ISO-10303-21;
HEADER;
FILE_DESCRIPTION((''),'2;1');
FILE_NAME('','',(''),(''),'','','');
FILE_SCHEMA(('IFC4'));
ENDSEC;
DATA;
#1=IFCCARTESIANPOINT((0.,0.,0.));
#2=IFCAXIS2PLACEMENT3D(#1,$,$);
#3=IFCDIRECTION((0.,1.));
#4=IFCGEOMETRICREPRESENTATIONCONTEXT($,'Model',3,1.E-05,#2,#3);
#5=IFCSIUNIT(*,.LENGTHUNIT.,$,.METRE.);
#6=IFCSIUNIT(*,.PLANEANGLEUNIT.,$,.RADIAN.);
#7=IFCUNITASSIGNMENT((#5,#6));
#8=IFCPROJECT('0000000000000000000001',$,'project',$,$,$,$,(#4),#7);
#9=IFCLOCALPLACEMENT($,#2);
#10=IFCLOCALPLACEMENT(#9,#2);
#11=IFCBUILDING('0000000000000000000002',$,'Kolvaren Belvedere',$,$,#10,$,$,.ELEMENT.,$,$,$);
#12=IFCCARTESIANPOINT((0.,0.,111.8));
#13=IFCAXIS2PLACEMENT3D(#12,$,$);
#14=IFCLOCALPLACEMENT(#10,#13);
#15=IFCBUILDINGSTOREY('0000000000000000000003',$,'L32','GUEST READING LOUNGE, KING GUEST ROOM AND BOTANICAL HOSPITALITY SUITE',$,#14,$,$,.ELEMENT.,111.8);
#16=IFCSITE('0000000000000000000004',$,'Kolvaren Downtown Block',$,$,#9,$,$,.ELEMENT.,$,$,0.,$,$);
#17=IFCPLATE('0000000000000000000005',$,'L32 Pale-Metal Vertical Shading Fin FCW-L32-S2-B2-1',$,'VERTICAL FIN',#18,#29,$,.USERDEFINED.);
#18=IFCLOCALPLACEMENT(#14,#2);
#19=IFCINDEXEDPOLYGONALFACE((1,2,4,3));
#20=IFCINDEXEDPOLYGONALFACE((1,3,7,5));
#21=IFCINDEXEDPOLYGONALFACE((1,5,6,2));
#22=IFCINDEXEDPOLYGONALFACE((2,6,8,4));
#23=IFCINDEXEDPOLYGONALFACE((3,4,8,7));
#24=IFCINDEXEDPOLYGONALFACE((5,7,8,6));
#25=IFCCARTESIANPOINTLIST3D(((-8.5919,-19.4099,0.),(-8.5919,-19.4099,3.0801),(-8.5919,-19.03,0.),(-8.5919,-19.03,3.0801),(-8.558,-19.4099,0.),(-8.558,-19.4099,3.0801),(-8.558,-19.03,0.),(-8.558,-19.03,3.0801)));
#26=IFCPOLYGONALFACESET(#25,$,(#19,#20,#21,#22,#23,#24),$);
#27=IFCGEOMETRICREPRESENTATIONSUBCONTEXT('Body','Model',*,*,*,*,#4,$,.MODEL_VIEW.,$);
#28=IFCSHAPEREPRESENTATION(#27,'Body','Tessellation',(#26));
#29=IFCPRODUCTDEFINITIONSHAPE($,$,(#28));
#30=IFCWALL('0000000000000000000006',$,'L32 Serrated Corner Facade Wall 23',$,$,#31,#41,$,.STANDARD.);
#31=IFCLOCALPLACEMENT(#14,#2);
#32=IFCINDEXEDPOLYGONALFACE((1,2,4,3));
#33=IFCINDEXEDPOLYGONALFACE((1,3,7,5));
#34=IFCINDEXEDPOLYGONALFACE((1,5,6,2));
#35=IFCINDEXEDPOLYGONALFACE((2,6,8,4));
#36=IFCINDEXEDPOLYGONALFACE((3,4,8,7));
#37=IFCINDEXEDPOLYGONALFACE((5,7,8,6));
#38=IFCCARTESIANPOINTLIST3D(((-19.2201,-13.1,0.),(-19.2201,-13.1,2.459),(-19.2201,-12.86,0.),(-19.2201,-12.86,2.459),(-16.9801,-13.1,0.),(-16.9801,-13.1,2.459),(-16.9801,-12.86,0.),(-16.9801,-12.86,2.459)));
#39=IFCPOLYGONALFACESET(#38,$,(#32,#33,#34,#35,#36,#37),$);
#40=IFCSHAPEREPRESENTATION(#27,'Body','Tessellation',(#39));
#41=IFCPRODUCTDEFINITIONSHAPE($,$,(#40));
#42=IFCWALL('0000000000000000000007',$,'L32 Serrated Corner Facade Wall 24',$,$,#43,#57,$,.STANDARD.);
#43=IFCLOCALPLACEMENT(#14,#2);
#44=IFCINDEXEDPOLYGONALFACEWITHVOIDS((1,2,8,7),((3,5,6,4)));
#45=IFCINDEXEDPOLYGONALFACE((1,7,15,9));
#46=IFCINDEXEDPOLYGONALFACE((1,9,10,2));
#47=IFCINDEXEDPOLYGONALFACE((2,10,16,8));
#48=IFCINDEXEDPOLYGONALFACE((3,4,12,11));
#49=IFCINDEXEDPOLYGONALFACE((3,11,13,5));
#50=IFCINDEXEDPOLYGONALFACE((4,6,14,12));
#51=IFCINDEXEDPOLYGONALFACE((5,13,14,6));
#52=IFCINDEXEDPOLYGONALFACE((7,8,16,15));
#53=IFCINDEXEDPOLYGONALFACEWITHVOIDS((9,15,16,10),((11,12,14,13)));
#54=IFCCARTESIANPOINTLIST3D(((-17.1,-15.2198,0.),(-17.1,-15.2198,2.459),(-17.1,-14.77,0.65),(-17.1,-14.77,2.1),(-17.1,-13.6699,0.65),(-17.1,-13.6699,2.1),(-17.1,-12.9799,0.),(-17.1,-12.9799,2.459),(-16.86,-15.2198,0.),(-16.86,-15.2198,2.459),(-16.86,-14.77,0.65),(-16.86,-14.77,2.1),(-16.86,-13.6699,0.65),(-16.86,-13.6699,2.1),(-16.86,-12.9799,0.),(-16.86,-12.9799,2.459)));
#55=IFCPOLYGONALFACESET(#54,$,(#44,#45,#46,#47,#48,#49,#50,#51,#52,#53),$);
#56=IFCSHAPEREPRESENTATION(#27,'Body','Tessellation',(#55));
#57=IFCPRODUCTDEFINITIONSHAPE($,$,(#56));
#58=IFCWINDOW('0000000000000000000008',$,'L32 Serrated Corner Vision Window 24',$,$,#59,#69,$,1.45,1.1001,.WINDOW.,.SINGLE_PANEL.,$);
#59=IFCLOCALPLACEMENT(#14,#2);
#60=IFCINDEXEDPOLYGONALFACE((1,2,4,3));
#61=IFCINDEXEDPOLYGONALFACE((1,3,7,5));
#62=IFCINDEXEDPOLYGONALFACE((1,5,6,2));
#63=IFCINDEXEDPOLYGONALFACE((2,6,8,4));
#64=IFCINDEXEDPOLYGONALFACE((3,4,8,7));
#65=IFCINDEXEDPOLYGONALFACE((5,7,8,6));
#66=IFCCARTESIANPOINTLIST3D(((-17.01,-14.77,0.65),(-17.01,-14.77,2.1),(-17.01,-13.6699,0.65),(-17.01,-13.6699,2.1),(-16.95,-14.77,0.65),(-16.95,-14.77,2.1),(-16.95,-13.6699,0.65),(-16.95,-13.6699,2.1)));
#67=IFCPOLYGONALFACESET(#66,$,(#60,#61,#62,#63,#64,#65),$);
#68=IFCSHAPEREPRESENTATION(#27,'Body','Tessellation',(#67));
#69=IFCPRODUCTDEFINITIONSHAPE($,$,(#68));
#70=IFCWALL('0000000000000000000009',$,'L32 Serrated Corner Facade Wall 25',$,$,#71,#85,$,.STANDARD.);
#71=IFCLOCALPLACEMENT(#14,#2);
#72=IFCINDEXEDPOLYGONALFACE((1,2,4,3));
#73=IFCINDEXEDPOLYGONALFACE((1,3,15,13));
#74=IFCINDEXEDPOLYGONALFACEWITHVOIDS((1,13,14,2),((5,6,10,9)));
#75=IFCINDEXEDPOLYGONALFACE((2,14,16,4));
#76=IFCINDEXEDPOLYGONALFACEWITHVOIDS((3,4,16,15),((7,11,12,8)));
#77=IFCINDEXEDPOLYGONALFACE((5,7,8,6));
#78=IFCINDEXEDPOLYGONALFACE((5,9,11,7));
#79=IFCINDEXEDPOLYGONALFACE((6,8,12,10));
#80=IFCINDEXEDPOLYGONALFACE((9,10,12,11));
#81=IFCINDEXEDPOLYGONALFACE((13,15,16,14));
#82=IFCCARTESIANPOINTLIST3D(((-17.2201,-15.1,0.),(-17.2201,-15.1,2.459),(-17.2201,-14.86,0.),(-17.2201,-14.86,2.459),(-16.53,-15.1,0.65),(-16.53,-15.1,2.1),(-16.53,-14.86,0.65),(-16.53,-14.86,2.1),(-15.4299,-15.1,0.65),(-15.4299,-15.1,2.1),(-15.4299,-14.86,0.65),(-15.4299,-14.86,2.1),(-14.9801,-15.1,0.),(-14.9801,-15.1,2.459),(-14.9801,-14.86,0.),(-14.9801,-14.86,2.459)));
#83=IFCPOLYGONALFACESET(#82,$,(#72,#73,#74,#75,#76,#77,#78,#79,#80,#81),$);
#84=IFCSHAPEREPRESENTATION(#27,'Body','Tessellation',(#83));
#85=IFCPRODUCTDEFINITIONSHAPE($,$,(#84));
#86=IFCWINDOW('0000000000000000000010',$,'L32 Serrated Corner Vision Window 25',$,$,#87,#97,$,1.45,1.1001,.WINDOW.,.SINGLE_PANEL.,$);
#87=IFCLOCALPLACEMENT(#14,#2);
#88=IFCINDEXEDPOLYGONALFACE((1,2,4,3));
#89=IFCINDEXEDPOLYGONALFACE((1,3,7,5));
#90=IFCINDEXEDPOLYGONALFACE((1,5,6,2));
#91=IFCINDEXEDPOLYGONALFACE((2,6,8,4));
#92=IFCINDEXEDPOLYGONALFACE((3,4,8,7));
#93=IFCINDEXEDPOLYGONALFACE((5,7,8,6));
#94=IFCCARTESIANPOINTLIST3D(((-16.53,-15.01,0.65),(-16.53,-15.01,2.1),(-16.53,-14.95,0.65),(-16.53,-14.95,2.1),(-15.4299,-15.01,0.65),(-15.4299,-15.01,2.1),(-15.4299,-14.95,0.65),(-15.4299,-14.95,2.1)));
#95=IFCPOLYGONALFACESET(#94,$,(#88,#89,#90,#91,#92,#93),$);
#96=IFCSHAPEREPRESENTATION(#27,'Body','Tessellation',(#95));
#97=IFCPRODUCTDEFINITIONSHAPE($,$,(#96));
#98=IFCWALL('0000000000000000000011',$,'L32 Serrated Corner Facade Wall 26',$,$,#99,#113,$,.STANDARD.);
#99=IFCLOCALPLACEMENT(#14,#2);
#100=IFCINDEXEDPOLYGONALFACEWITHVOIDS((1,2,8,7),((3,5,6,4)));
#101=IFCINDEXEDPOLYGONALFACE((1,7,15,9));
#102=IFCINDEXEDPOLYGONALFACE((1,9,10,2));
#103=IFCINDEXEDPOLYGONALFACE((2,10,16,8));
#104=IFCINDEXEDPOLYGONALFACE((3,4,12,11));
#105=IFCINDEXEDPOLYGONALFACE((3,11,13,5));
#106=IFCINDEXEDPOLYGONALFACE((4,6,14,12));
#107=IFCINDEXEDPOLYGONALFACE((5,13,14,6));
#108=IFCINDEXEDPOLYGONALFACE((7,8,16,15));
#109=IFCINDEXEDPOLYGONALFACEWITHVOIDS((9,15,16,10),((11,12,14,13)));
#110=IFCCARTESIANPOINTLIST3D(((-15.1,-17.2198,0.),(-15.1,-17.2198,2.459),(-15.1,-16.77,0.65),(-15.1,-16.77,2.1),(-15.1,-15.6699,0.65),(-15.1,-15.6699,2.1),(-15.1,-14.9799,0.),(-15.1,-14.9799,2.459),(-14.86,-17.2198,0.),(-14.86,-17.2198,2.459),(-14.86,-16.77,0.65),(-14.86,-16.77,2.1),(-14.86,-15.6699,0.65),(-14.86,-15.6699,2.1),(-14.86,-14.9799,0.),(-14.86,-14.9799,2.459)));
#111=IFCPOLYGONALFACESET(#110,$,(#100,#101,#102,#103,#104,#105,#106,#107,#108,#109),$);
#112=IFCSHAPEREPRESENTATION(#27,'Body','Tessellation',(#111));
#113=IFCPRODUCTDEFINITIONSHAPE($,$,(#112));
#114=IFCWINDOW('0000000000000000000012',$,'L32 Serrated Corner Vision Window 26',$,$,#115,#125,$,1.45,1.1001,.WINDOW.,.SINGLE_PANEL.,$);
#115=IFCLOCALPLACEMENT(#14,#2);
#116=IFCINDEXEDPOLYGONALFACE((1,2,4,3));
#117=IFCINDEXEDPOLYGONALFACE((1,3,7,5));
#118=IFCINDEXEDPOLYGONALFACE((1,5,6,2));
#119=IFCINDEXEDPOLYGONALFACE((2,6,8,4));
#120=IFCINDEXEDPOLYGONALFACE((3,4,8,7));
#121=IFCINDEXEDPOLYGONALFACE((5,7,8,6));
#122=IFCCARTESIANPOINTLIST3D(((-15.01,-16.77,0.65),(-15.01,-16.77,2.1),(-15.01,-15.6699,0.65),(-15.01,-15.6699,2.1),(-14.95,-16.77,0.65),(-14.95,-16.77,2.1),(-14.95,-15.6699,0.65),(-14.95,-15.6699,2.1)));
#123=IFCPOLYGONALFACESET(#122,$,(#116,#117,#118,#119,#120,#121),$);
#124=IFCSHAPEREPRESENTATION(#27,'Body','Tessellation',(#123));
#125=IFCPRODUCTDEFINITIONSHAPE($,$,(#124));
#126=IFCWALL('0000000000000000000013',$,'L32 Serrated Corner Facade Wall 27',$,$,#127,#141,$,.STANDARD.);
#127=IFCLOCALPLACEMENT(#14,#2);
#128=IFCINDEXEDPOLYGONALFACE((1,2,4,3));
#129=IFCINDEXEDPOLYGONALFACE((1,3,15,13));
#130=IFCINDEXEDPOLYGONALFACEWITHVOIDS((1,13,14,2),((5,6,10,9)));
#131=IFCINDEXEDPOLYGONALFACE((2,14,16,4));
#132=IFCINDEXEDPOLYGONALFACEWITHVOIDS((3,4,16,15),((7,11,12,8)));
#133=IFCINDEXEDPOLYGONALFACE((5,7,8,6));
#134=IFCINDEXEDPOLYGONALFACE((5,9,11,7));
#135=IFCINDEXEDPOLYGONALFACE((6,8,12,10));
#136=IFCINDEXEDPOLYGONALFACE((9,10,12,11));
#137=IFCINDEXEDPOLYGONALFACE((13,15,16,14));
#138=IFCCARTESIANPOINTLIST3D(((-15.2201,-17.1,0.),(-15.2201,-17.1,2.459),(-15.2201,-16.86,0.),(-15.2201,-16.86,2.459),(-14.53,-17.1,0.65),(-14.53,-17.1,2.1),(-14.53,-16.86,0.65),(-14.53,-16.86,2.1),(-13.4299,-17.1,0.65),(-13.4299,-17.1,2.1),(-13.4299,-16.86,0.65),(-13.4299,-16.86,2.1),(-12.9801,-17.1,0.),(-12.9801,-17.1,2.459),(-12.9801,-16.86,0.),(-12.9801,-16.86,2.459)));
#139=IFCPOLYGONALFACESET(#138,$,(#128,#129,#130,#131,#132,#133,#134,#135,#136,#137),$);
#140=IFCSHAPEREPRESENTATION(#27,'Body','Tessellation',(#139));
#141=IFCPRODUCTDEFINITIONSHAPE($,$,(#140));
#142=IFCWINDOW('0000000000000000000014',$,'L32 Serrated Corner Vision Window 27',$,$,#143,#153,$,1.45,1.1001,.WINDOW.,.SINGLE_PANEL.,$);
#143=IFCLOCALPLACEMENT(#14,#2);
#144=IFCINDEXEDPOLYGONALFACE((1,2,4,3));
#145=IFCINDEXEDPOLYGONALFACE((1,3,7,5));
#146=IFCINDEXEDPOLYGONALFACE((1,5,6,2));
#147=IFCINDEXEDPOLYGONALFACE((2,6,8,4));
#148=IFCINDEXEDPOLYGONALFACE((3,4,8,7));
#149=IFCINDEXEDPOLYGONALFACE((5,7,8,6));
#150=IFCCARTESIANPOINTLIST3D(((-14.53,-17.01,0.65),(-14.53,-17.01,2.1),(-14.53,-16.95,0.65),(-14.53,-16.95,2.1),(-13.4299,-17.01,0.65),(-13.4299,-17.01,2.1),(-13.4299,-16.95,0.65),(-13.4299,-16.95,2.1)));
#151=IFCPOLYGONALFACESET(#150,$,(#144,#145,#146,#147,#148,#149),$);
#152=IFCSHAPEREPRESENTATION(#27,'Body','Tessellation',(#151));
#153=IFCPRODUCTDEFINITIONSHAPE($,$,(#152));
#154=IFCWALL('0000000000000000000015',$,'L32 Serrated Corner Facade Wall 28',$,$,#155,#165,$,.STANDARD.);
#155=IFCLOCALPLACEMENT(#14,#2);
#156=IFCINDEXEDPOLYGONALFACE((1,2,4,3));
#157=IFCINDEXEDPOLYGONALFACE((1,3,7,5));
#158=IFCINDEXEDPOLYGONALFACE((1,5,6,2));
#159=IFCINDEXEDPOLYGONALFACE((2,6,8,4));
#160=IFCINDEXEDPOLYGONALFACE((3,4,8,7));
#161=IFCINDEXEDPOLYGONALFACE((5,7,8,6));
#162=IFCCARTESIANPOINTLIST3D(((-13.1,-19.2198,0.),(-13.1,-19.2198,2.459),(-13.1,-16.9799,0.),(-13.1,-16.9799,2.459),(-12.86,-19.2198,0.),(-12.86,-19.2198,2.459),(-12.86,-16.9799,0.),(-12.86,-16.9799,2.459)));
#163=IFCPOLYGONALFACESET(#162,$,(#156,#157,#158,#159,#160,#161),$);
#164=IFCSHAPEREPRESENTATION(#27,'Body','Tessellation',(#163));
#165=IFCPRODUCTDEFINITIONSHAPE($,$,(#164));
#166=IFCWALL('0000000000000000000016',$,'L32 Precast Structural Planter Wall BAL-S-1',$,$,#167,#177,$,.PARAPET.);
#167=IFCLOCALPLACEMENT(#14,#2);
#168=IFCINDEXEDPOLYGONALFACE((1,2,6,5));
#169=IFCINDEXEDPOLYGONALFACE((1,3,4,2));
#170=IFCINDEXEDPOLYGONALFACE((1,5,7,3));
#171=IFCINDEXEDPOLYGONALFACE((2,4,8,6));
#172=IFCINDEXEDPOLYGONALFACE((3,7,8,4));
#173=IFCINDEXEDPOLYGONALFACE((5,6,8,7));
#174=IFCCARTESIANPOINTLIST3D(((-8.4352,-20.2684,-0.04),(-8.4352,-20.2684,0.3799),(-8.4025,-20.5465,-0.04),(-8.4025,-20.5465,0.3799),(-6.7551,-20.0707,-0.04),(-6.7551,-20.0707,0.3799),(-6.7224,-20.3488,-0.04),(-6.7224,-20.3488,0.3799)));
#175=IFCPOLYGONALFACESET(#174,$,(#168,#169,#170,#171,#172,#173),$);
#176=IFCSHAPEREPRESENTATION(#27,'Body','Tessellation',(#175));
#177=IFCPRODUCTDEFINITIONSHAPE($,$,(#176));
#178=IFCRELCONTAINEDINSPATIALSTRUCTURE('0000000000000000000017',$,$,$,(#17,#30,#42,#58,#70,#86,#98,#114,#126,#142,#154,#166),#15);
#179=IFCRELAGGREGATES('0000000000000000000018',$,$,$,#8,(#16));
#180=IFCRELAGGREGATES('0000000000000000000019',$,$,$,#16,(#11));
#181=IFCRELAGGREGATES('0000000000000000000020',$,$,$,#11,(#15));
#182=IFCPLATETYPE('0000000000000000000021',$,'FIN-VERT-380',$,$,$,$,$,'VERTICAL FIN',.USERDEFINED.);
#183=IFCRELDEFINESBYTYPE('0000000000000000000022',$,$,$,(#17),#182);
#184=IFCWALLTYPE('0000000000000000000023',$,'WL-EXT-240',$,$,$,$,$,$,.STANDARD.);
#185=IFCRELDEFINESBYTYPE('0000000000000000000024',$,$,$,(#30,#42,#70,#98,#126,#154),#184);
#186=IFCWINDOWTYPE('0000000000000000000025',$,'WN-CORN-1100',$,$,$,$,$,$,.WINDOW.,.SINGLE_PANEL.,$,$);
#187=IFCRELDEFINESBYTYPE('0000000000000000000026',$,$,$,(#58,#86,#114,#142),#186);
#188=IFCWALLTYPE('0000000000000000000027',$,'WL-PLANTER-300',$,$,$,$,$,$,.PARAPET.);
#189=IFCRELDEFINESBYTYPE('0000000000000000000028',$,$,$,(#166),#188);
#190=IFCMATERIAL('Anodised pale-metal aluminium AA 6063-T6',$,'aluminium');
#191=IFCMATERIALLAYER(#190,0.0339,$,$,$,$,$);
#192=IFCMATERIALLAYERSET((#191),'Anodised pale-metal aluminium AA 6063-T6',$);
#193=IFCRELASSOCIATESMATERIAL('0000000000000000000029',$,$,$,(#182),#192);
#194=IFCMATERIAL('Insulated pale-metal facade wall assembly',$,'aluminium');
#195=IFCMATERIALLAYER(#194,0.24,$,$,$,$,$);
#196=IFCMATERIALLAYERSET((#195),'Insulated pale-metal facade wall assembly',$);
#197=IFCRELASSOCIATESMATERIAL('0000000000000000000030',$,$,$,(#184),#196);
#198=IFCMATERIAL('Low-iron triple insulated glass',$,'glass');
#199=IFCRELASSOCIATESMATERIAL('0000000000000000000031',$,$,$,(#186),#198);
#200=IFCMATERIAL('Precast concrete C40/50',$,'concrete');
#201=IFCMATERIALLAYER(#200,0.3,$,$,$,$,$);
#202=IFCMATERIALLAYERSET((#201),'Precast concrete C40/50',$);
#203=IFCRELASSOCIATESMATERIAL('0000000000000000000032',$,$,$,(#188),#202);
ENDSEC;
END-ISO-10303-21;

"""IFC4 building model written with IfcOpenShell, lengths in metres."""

from ifc_helpers import new_model, si_unit, direction, frame, frame_2d, origin, origin_2d, place, context, subcontext, project, spatial, rectangle, extrude, material, layer, layer_set, type_object, element, fill, save


model = new_model("IFC4")

# Units and contexts
model_context = context("Model", 3, precision=1e-05, world=origin(), true_north=direction((0.0, 1.0)))
body_context = subcontext(model_context, "Body", "Model", "MODEL_VIEW")
ifc_project = project(units=[si_unit("LENGTHUNIT", "METRE"), si_unit("PLANEANGLEUNIT", "RADIAN")], contexts=[model_context])

# Site, building, storey
site_placement = place(None, origin())
site = spatial("IfcSite", under=ifc_project, at=site_placement, Name="Kolvaren Downtown Block", CompositionType="ELEMENT", RefElevation=0.0)
building_placement = place(site_placement, origin())
building = spatial("IfcBuilding", under=site, at=building_placement, Name="Kolvaren Belvedere", CompositionType="ELEMENT")
storey_placement = place(building_placement, frame((0.0, 0.0, 111.8)))
storey = spatial("IfcBuildingStorey", under=building, at=storey_placement, Name="L32", Description="GUEST READING LOUNGE, KING GUEST ROOM AND BOTANICAL HOSPITALITY SUITE", CompositionType="ELEMENT", Elevation=111.8)

# Plate
ifc_material_1 = material(Name="Anodised pale-metal aluminium AA 6063-T6", Category="aluminium")
ifc_layer_1 = layer(ifc_material_1, 0.0339)
ifc_layer_set_1 = layer_set([ifc_layer_1], Name="Anodised pale-metal aluminium AA 6063-T6")
plate_type_1 = type_object("IfcPlateType", Name="FIN-VERT-380", ElementType="VERTICAL FIN", PredefinedType="USERDEFINED", material=ifc_layer_set_1)
plate_1_placement = place(storey_placement, frame((-8.575, -19.22, 0.0), z_axis=(0.0, 0.0, 1.0), x_axis=(0.0, 1.0, 0.0)))
element("IfcPlate", 1, at=plate_1_placement, inside=storey, type_object=plate_type_1, Name="L32 Pale-Metal Vertical Shading Fin FCW-L32-S2-B2-1", ObjectType="VERTICAL FIN", PredefinedType="USERDEFINED", context=body_context, shape_type="SweptSolid", body=[
    extrude(rectangle(XDim=0.3799, YDim=0.0339, at=origin_2d()), origin(), (0.0, 0.0, 1.0), 3.0801),
])

# Wall
ifc_material_2 = material(Name="Insulated pale-metal facade wall assembly", Category="aluminium")
ifc_layer_2 = layer(ifc_material_2, 0.24)
ifc_layer_set_2 = layer_set([ifc_layer_2], Name="Insulated pale-metal facade wall assembly")
wall_type_1 = type_object("IfcWallType", Name="WL-EXT-240", PredefinedType="STANDARD", material=ifc_layer_set_2)
wall_1_placement = place(storey_placement, frame((-16.98, -12.98, 0.0), z_axis=(0.0, 0.0, 1.0), x_axis=(-1.0, 0.0, 0.0)))
element("IfcWall", 2, at=wall_1_placement, inside=storey, type_object=wall_type_1, Name="L32 Serrated Corner Facade Wall 23", PredefinedType="STANDARD", context=body_context, shape_type="SweptSolid", body=[
    extrude(rectangle(XDim=2.24, YDim=0.24, at=frame_2d((1.1201, 0.0))), origin(), (0.0, 0.0, 1.0), 2.459),
])

# Walls, openings, windows
wall_2_placement = place(storey_placement, frame((-16.98, -15.22, 0.0), z_axis=(0.0, 0.0, 1.0), x_axis=(0.0, 1.0, 0.0)))
wall_2 = element("IfcWall", 3, at=wall_2_placement, inside=storey, type_object=wall_type_1, Name="L32 Serrated Corner Facade Wall 24", PredefinedType="STANDARD", context=body_context, shape_type="SweptSolid", body=[
    extrude(rectangle(XDim=2.24, YDim=0.24, at=frame_2d((1.1201, 0.0))), origin(), (0.0, 0.0, 1.0), 2.459),
])
opening_1_placement = place(wall_2_placement, frame((0.45, 0.0, 0.6499)))
opening_1 = element("IfcOpeningElement", 4, at=opening_1_placement, cuts=wall_2, PredefinedType="OPENING", context=body_context, shape_type="SweptSolid", body=[
    extrude(rectangle(XDim=1.1001, YDim=1.45, at=frame_2d((0.55, 0.7251))), frame((0.0, 0.1299, 0.0), z_axis=(0.0, -1.0, 0.0), x_axis=(1.0, 0.0, 0.0)), (0.0, 0.0, 1.0), 0.26),
])
ifc_material_3 = material(Name="Low-iron triple insulated glass", Category="glass")
window_type = type_object("IfcWindowType", Name="WN-CORN-1100", PartitioningType="SINGLE_PANEL", PredefinedType="WINDOW", material=ifc_material_3)
window_1_placement = place(opening_1_placement, origin())
window_1 = element("IfcWindow", 5, at=window_1_placement, inside=storey, type_object=window_type, Name="L32 Serrated Corner Vision Window 24", OverallHeight=1.45, OverallWidth=1.1001, PartitioningType="SINGLE_PANEL", PredefinedType="WINDOW", context=body_context, shape_type="SweptSolid", body=[
    extrude(rectangle(XDim=1.1001, YDim=1.45, at=frame_2d((0.55, 0.7251))), frame((0.0, 0.03, 0.0), z_axis=(0.0, -1.0, 0.0), x_axis=(1.0, 0.0, 0.0)), (0.0, 0.0, 1.0), 0.0601),
])
fill(opening_1, window_1)
wall_3_placement = place(storey_placement, frame((-14.98, -14.98, 0.0), z_axis=(0.0, 0.0, 1.0), x_axis=(-1.0, 0.0, 0.0)))
wall_3 = element("IfcWall", 6, at=wall_3_placement, inside=storey, type_object=wall_type_1, Name="L32 Serrated Corner Facade Wall 25", PredefinedType="STANDARD", context=body_context, shape_type="SweptSolid", body=[
    extrude(rectangle(XDim=2.24, YDim=0.24, at=frame_2d((1.1201, 0.0))), origin(), (0.0, 0.0, 1.0), 2.459),
])
opening_2_placement = place(wall_3_placement, frame((0.45, 0.0, 0.6499)))
opening_2 = element("IfcOpeningElement", 7, at=opening_2_placement, cuts=wall_3, PredefinedType="OPENING", context=body_context, shape_type="SweptSolid", body=[
    extrude(rectangle(XDim=1.1001, YDim=1.45, at=frame_2d((0.55, 0.7251))), frame((0.0, 0.1299, 0.0), z_axis=(0.0, -1.0, 0.0), x_axis=(1.0, 0.0, 0.0)), (0.0, 0.0, 1.0), 0.26),
])
window_2_placement = place(opening_2_placement, origin())
window_2 = element("IfcWindow", 8, at=window_2_placement, inside=storey, type_object=window_type, Name="L32 Serrated Corner Vision Window 25", OverallHeight=1.45, OverallWidth=1.1001, PartitioningType="SINGLE_PANEL", PredefinedType="WINDOW", context=body_context, shape_type="SweptSolid", body=[
    extrude(rectangle(XDim=1.1001, YDim=1.45, at=frame_2d((0.55, 0.7251))), frame((0.0, 0.03, 0.0), z_axis=(0.0, -1.0, 0.0), x_axis=(1.0, 0.0, 0.0)), (0.0, 0.0, 1.0), 0.0601),
])
fill(opening_2, window_2)
wall_4_placement = place(storey_placement, frame((-14.98, -17.22, 0.0), z_axis=(0.0, 0.0, 1.0), x_axis=(0.0, 1.0, 0.0)))
wall_4 = element("IfcWall", 9, at=wall_4_placement, inside=storey, type_object=wall_type_1, Name="L32 Serrated Corner Facade Wall 26", PredefinedType="STANDARD", context=body_context, shape_type="SweptSolid", body=[
    extrude(rectangle(XDim=2.24, YDim=0.24, at=frame_2d((1.1201, 0.0))), origin(), (0.0, 0.0, 1.0), 2.459),
])
opening_3_placement = place(wall_4_placement, frame((0.45, 0.0, 0.6499)))
opening_3 = element("IfcOpeningElement", 10, at=opening_3_placement, cuts=wall_4, PredefinedType="OPENING", context=body_context, shape_type="SweptSolid", body=[
    extrude(rectangle(XDim=1.1001, YDim=1.45, at=frame_2d((0.55, 0.7251))), frame((0.0, 0.1299, 0.0), z_axis=(0.0, -1.0, 0.0), x_axis=(1.0, 0.0, 0.0)), (0.0, 0.0, 1.0), 0.26),
])
window_3_placement = place(opening_3_placement, origin())
window_3 = element("IfcWindow", 11, at=window_3_placement, inside=storey, type_object=window_type, Name="L32 Serrated Corner Vision Window 26", OverallHeight=1.45, OverallWidth=1.1001, PartitioningType="SINGLE_PANEL", PredefinedType="WINDOW", context=body_context, shape_type="SweptSolid", body=[
    extrude(rectangle(XDim=1.1001, YDim=1.45, at=frame_2d((0.55, 0.7251))), frame((0.0, 0.03, 0.0), z_axis=(0.0, -1.0, 0.0), x_axis=(1.0, 0.0, 0.0)), (0.0, 0.0, 1.0), 0.0601),
])
fill(opening_3, window_3)
wall_5_placement = place(storey_placement, frame((-12.98, -16.98, 0.0), z_axis=(0.0, 0.0, 1.0), x_axis=(-1.0, 0.0, 0.0)))
wall_5 = element("IfcWall", 12, at=wall_5_placement, inside=storey, type_object=wall_type_1, Name="L32 Serrated Corner Facade Wall 27", PredefinedType="STANDARD", context=body_context, shape_type="SweptSolid", body=[
    extrude(rectangle(XDim=2.24, YDim=0.24, at=frame_2d((1.1201, 0.0))), origin(), (0.0, 0.0, 1.0), 2.459),
])
opening_4_placement = place(wall_5_placement, frame((0.45, 0.0, 0.6499)))
opening_4 = element("IfcOpeningElement", 13, at=opening_4_placement, cuts=wall_5, PredefinedType="OPENING", context=body_context, shape_type="SweptSolid", body=[
    extrude(rectangle(XDim=1.1001, YDim=1.45, at=frame_2d((0.55, 0.7251))), frame((0.0, 0.1299, 0.0), z_axis=(0.0, -1.0, 0.0), x_axis=(1.0, 0.0, 0.0)), (0.0, 0.0, 1.0), 0.26),
])
window_4_placement = place(opening_4_placement, origin())
window_4 = element("IfcWindow", 14, at=window_4_placement, inside=storey, type_object=window_type, Name="L32 Serrated Corner Vision Window 27", OverallHeight=1.45, OverallWidth=1.1001, PartitioningType="SINGLE_PANEL", PredefinedType="WINDOW", context=body_context, shape_type="SweptSolid", body=[
    extrude(rectangle(XDim=1.1001, YDim=1.45, at=frame_2d((0.55, 0.7251))), frame((0.0, 0.03, 0.0), z_axis=(0.0, -1.0, 0.0), x_axis=(1.0, 0.0, 0.0)), (0.0, 0.0, 1.0), 0.0601),
])
fill(opening_4, window_4)

# Walls
wall_6_placement = place(storey_placement, frame((-12.98, -19.22, 0.0), z_axis=(0.0, 0.0, 1.0), x_axis=(0.0, 1.0, 0.0)))
element("IfcWall", 15, at=wall_6_placement, inside=storey, type_object=wall_type_1, Name="L32 Serrated Corner Facade Wall 28", PredefinedType="STANDARD", context=body_context, shape_type="SweptSolid", body=[
    extrude(rectangle(XDim=2.24, YDim=0.24, at=frame_2d((1.1201, 0.0))), origin(), (0.0, 0.0, 1.0), 2.459),
])
ifc_material_4 = material(Name="Precast concrete C40/50", Category="concrete")
ifc_layer_3 = layer(ifc_material_4, 0.3)
ifc_layer_set_3 = layer_set([ifc_layer_3], Name="Precast concrete C40/50")
wall_type_2 = type_object("IfcWallType", Name="WL-PLANTER-300", PredefinedType="PARAPET", material=ifc_layer_set_3)
wall_7_placement = place(storey_placement, frame((-8.4187, -20.4075, -0.04), z_axis=(0.0, 0.0, 1.0), x_axis=(0.993143, 0.116908, 0.0)))
element("IfcWall", 16, at=wall_7_placement, inside=storey, type_object=wall_type_2, Name="L32 Precast Structural Planter Wall BAL-S-1", PredefinedType="PARAPET", context=body_context, shape_type="SweptSolid", body=[
    extrude(rectangle(XDim=1.6917, YDim=0.28, at=frame_2d((0.8457, 0.0))), origin(), (0.0, 0.0, 1.0), 0.4199),
])

save(model, "model.ifc")
